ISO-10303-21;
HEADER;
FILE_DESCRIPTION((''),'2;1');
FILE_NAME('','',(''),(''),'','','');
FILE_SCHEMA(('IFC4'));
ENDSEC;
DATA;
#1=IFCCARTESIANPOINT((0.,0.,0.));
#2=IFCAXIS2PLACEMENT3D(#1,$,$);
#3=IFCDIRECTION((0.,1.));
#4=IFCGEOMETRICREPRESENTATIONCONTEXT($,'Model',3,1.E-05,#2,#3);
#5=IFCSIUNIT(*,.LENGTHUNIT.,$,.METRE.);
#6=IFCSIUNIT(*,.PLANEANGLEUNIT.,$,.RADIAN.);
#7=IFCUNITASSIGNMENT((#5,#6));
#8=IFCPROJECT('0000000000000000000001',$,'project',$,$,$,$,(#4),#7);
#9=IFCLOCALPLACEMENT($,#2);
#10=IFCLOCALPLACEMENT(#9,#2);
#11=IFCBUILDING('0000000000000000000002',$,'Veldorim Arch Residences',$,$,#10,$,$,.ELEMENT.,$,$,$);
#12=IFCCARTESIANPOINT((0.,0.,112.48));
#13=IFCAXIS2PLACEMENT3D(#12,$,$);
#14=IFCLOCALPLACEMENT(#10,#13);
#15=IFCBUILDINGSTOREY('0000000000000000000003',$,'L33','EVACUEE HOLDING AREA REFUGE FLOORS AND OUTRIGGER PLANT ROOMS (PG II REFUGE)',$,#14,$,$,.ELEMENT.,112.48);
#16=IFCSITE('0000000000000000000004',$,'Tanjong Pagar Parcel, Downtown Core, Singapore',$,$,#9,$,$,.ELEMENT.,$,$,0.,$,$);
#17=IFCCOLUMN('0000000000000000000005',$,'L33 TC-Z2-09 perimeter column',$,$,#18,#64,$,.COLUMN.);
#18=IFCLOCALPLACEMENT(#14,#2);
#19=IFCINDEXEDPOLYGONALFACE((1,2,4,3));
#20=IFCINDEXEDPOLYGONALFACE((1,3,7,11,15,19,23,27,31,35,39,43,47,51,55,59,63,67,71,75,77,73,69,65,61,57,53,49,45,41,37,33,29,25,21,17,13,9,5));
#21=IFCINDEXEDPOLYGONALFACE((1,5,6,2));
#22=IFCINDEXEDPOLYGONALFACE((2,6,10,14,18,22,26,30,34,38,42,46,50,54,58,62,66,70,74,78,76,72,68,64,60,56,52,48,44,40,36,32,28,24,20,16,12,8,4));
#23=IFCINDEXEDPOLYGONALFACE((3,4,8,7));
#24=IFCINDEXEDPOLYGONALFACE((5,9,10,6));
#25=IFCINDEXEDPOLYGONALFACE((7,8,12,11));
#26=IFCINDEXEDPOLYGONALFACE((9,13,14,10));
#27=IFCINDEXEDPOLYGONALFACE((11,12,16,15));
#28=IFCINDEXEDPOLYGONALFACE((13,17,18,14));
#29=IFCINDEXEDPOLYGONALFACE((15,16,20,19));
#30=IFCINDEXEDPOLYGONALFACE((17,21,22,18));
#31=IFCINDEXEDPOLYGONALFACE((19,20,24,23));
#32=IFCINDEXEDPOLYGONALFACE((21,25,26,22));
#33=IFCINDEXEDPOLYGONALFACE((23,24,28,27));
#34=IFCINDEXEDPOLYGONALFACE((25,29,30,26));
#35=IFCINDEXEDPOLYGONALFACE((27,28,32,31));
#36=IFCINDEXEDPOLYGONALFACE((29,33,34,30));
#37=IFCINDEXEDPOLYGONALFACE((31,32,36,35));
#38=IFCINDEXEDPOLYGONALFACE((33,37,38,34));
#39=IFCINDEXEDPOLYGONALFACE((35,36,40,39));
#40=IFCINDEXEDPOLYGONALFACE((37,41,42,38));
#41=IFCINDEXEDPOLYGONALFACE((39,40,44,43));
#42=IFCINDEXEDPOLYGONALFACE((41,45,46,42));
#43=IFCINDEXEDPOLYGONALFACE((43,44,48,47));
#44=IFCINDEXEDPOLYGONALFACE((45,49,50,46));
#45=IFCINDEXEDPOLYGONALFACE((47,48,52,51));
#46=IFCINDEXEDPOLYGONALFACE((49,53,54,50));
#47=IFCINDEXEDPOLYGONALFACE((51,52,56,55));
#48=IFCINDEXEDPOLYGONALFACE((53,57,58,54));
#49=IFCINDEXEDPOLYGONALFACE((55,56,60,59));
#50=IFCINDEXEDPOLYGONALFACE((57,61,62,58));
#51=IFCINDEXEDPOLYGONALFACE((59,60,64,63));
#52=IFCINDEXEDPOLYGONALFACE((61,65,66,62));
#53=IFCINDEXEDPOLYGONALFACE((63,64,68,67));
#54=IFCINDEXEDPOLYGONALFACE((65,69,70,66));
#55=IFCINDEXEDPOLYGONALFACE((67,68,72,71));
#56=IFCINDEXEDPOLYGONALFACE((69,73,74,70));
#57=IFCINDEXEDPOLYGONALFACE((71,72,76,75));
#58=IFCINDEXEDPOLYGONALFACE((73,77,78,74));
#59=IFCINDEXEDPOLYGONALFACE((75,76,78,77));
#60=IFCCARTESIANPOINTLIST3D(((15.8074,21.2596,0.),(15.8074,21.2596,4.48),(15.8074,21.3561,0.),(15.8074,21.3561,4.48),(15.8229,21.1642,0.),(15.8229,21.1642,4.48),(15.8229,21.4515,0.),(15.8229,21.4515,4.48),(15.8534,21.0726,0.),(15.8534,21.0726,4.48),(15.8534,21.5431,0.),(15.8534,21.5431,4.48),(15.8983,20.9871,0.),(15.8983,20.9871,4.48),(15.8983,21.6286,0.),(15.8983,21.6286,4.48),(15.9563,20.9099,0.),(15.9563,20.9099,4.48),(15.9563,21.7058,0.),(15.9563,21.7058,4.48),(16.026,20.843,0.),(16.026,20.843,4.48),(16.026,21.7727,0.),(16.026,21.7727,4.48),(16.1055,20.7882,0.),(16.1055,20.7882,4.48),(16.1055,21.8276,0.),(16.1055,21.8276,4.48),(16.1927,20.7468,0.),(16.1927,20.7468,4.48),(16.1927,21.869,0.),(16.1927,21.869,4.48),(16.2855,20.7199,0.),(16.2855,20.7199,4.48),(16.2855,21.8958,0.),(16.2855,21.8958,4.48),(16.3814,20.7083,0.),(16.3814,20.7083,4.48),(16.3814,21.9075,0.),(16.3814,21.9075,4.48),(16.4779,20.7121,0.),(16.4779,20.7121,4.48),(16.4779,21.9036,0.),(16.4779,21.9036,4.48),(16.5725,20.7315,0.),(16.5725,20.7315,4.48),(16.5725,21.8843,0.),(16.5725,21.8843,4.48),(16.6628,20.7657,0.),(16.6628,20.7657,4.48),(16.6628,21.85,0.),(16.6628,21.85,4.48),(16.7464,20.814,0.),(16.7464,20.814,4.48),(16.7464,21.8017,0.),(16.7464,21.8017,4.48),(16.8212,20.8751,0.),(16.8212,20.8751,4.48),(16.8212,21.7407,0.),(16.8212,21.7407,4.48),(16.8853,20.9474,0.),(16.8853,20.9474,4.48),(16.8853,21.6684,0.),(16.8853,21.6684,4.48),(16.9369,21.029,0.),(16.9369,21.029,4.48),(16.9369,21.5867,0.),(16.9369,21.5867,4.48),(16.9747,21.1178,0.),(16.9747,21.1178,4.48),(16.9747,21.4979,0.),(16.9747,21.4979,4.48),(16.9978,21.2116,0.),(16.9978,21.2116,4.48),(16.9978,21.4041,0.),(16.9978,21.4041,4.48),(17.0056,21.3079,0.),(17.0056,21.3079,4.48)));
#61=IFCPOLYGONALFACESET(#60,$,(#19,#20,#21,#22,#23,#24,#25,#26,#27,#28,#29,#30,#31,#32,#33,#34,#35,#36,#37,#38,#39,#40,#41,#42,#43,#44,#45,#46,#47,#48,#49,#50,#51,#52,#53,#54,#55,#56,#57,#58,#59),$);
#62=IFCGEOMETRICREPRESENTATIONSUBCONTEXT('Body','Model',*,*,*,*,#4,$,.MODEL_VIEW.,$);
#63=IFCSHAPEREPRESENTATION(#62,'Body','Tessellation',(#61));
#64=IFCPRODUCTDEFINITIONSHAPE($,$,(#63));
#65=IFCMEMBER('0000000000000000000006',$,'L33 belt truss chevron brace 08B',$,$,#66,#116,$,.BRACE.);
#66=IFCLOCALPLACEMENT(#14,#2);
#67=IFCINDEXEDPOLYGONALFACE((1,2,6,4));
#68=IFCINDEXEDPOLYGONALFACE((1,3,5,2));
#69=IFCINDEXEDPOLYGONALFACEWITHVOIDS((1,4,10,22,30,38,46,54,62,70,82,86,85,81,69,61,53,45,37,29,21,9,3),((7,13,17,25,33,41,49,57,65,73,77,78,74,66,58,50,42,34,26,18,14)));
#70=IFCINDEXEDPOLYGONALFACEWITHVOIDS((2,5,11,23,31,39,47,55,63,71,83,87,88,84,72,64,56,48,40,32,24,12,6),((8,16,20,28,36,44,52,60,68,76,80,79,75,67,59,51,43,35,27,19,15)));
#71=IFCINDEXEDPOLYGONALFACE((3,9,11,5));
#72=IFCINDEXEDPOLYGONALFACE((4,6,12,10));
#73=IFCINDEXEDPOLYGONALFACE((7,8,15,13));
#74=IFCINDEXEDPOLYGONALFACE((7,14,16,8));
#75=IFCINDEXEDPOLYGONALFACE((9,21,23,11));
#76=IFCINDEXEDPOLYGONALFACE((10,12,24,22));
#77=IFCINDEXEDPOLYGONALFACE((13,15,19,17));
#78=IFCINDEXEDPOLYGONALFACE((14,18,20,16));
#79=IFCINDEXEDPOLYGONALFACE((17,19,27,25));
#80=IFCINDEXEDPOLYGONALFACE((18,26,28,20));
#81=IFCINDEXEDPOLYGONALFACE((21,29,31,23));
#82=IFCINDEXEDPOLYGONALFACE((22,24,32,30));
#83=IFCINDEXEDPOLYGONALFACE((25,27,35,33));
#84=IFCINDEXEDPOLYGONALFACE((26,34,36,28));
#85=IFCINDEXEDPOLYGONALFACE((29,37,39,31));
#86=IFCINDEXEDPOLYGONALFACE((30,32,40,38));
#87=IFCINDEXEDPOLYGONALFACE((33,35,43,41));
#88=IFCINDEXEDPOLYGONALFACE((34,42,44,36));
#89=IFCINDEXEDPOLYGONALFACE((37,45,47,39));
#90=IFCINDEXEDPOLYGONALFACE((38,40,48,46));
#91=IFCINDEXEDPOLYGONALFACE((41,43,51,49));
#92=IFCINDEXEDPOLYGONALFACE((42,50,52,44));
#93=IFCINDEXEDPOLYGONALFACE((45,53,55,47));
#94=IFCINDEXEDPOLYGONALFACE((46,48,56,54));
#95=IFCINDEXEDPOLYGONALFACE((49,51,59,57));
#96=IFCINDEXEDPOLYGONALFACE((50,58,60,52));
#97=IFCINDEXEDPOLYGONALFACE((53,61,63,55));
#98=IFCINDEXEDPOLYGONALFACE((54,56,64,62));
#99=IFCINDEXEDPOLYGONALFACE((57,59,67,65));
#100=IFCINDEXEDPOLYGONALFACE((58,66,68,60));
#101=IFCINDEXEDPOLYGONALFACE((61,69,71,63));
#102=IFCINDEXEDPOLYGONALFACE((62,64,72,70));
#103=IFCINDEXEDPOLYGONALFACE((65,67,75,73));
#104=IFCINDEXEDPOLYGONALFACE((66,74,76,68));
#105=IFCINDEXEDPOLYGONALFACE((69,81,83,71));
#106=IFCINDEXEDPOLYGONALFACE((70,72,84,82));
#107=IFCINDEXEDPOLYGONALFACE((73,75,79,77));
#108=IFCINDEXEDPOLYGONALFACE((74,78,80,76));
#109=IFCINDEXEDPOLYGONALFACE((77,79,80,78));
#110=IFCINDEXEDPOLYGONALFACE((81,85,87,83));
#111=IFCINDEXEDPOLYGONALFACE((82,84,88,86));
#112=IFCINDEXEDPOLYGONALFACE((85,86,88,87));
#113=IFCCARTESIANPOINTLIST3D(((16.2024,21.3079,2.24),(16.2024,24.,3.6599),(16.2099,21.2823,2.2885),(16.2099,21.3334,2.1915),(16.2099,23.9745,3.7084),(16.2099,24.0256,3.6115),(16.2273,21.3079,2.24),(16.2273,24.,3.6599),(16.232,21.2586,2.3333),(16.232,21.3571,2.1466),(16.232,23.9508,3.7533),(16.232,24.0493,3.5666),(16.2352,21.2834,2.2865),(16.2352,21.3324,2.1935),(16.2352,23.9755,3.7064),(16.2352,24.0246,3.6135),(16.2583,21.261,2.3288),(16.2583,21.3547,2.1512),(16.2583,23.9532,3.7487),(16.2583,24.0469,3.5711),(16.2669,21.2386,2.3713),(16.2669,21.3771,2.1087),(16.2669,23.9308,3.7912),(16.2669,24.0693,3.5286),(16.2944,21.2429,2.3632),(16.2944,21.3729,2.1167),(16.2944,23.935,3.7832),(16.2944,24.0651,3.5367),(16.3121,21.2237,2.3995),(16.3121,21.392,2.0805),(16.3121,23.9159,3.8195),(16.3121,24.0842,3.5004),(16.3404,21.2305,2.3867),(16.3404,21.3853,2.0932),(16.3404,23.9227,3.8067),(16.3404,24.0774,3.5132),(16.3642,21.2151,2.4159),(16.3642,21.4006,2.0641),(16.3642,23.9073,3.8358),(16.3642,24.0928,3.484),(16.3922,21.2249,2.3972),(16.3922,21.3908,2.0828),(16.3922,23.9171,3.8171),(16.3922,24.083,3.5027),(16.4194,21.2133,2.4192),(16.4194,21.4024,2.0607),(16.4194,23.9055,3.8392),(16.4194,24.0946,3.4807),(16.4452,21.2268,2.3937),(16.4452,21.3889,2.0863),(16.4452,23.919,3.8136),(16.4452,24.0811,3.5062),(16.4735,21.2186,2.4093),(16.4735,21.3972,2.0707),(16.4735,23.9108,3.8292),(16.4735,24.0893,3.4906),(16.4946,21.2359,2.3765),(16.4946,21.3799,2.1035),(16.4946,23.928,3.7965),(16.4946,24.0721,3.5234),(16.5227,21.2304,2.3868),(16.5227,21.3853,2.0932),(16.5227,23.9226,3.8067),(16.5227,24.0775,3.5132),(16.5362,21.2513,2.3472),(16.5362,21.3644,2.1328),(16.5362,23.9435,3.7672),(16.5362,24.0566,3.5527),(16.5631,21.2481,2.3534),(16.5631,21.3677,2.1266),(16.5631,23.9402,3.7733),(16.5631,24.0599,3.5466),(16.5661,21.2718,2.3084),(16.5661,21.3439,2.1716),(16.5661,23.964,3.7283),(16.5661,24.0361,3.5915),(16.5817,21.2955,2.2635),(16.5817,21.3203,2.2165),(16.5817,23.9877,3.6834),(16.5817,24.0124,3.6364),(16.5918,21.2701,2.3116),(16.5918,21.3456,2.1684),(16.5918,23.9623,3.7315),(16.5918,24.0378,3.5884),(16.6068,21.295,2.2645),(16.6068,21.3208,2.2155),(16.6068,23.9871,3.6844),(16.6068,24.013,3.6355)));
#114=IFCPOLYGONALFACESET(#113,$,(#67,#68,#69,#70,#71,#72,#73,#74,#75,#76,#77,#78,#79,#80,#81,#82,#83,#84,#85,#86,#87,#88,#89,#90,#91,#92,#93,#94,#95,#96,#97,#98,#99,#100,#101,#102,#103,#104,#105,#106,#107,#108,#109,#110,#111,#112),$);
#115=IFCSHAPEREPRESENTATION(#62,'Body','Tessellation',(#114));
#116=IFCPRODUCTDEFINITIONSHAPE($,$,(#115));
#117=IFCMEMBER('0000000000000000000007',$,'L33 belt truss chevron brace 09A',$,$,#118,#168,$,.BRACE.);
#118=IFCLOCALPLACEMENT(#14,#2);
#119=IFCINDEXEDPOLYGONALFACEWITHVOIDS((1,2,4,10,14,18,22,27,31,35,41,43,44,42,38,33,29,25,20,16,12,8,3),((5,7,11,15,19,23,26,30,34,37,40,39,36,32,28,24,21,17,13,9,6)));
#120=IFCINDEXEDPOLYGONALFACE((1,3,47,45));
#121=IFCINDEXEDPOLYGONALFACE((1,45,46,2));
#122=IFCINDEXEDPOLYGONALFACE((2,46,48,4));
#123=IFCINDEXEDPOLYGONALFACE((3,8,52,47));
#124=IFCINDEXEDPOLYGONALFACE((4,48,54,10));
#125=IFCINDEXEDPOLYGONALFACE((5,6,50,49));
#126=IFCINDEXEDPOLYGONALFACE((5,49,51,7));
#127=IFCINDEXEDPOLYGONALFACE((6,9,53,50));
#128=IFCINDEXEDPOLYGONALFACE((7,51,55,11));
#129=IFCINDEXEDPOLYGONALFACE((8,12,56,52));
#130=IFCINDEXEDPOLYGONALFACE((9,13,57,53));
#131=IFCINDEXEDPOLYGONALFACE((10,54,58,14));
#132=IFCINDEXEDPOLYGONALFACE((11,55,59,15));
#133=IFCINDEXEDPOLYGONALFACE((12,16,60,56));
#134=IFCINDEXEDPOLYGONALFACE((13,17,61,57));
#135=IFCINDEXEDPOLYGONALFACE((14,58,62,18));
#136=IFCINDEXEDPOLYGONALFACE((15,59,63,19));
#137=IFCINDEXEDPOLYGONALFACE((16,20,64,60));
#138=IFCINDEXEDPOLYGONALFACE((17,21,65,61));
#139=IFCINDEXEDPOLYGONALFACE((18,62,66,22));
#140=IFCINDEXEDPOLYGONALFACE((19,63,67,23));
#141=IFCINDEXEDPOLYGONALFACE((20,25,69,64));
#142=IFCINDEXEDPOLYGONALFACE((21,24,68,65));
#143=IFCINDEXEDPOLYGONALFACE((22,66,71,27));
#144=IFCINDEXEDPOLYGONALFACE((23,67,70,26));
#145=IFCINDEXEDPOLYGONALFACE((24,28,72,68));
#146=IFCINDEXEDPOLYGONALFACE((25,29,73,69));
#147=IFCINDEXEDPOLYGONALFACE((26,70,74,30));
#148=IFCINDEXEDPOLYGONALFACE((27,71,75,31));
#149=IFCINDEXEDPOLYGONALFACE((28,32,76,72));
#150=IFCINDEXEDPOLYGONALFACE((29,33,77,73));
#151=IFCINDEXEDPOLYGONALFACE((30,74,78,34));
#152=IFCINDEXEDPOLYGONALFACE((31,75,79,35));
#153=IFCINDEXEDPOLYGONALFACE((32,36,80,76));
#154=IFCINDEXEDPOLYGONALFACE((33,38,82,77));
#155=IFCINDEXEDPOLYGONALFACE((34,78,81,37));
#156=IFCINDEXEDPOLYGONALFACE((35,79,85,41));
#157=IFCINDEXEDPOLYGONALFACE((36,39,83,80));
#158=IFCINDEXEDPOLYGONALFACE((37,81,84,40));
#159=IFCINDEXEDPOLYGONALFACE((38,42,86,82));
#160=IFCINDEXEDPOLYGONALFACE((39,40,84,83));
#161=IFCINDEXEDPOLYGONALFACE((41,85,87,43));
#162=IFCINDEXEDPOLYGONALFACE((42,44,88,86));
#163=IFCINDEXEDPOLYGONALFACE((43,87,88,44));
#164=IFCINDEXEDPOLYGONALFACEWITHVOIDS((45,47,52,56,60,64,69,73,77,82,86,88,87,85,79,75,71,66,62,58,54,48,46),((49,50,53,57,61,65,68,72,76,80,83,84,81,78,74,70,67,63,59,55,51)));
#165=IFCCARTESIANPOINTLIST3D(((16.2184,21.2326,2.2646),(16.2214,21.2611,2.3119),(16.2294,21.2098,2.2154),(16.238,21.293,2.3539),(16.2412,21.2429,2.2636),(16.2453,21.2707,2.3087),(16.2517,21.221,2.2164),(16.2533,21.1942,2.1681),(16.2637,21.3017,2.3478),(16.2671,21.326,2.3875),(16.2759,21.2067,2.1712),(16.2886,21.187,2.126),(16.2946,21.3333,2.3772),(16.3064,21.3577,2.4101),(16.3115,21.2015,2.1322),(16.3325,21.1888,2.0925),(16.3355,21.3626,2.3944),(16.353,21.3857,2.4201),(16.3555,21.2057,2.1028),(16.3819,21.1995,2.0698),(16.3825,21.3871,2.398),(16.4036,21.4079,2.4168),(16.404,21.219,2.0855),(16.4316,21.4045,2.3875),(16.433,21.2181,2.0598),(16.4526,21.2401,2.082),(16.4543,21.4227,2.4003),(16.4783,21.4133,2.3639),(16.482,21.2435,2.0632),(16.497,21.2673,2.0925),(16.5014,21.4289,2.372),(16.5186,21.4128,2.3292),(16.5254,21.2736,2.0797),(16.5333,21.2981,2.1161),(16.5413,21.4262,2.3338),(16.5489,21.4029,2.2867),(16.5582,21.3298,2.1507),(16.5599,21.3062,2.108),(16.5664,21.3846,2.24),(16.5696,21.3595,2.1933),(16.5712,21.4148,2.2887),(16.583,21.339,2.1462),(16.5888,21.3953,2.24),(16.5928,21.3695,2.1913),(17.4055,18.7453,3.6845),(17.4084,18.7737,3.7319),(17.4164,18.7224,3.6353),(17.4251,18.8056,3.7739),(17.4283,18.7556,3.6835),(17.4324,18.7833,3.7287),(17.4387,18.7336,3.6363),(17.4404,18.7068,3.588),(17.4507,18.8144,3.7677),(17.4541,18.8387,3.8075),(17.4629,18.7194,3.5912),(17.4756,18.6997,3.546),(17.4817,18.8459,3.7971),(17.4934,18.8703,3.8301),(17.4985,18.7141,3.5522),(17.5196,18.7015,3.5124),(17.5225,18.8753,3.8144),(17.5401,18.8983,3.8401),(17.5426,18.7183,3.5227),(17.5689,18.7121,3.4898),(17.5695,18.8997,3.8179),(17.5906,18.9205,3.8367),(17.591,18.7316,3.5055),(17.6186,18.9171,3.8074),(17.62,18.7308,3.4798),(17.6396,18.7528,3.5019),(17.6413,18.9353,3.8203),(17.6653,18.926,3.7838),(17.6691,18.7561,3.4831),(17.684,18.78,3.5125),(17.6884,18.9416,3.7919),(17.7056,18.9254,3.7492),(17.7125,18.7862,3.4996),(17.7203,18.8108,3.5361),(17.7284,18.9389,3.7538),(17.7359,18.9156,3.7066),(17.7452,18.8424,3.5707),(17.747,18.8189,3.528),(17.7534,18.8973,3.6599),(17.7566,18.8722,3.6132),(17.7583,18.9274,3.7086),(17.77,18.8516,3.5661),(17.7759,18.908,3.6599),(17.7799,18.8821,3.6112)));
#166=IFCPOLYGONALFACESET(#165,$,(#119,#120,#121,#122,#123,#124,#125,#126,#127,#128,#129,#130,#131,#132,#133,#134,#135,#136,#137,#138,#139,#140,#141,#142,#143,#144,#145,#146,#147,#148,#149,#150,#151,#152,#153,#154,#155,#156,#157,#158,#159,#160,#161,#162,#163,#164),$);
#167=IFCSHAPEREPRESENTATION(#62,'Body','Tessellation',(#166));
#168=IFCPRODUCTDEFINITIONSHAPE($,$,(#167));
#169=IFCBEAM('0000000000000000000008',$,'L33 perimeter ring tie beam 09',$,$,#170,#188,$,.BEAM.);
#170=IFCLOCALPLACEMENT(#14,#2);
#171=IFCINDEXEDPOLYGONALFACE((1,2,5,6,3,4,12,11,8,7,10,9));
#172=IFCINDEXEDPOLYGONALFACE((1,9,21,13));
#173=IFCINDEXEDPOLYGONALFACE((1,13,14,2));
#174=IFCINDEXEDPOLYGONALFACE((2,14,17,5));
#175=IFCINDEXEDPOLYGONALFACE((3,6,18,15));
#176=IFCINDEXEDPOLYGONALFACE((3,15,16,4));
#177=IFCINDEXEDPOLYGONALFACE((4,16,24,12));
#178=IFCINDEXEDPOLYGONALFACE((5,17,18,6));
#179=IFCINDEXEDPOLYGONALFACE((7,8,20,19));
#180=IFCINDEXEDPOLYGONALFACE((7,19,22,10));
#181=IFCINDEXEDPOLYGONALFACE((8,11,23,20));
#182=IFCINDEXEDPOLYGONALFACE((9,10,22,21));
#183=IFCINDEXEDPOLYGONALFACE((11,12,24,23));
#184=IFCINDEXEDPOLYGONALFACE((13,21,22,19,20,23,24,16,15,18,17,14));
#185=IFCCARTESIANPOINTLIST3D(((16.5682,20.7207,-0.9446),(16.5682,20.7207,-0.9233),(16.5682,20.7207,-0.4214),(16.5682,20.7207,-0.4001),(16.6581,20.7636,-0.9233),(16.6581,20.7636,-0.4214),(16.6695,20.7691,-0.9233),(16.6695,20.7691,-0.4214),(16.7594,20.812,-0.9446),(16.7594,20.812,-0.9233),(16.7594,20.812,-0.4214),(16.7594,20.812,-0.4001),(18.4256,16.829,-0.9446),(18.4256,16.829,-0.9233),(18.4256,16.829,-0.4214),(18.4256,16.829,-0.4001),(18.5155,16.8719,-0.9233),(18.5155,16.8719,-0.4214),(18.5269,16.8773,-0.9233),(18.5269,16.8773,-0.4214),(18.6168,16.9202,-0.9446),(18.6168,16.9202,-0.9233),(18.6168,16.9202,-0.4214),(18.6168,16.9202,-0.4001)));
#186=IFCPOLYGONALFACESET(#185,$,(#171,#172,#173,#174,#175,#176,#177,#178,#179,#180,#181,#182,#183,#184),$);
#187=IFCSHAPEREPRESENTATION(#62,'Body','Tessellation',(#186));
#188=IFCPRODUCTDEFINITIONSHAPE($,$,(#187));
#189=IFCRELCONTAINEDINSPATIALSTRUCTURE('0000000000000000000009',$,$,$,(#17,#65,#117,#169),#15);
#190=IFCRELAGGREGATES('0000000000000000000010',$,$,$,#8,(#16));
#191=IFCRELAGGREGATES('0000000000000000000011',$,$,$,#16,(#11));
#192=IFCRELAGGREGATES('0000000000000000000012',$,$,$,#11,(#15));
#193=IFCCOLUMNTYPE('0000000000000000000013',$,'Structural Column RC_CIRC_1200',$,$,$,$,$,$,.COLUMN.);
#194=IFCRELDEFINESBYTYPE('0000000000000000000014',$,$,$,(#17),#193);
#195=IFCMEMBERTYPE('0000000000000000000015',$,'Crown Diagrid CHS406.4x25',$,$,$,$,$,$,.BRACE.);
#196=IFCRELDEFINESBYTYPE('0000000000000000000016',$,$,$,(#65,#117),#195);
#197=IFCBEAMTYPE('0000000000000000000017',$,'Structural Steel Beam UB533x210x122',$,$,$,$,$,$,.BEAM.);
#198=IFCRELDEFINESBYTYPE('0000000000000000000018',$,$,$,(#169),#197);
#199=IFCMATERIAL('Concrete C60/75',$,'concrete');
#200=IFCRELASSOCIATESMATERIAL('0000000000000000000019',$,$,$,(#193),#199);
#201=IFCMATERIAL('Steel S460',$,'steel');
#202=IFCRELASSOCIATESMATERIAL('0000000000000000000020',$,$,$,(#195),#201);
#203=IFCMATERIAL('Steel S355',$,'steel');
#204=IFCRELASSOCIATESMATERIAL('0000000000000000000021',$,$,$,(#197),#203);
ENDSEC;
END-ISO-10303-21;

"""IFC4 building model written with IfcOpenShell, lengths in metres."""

from ifc_helpers import new_model, si_unit, direction, frame, origin, origin_2d, place, context, subcontext, project, spatial, circle, hollow_circle, i_section, extrude, material, material_profile, profile_set, type_object, element, save


model = new_model("IFC4")

# Units and contexts
model_context = context("Model", 3, precision=1e-05, world=origin(), true_north=direction((0.0, 1.0)))
body_context = subcontext(model_context, "Body", "Model", "MODEL_VIEW")
ifc_project = project(units=[si_unit("LENGTHUNIT", "METRE"), si_unit("PLANEANGLEUNIT", "RADIAN")], contexts=[model_context])

# Site, building, storey
site_placement = place(None, origin())
site = spatial("IfcSite", under=ifc_project, at=site_placement, Name="Tanjong Pagar Parcel, Downtown Core, Singapore", CompositionType="ELEMENT", RefElevation=0.0)
building_placement = place(site_placement, origin())
building = spatial("IfcBuilding", under=site, at=building_placement, Name="Veldorim Arch Residences", CompositionType="ELEMENT")
storey_placement = place(building_placement, frame((0.0, 0.0, 112.48)))
storey = spatial("IfcBuildingStorey", under=building, at=storey_placement, Name="L33", Description="EVACUEE HOLDING AREA REFUGE FLOORS AND OUTRIGGER PLANT ROOMS (PG II REFUGE)", CompositionType="ELEMENT", Elevation=112.48)

# Column
ifc_material_1 = material(Name="Concrete C60/75", Category="concrete")
ifc_material_profile_1 = material_profile(ifc_material_1, circle(Radius=0.6001, at=origin_2d()), Name="RC_CIRC_1200")
ifc_profile_set_1 = profile_set([ifc_material_profile_1], Name="Concrete C60/75")
column_type = type_object("IfcColumnType", Name="Structural Column RC_CIRC_1200", PredefinedType="COLUMN", material=ifc_profile_set_1)
column_placement = place(storey_placement, frame((16.4055, 21.3079, 0.0), z_axis=(0.0, 0.0, 1.0), x_axis=(1.0, 0.0, 0.0)))
element("IfcColumn", 1, at=column_placement, inside=storey, type_object=column_type, Name="L33 TC-Z2-09 perimeter column", PredefinedType="COLUMN", context=body_context, shape_type="SweptSolid", body=[
    extrude(circle(Radius=0.6001, at=origin_2d()), origin(), (0.0, 0.0, 1.0), 4.48),
])

# Members
ifc_material_2 = material(Name="Steel S460", Category="steel")
ifc_material_profile_2 = material_profile(ifc_material_2, hollow_circle(Radius=0.2031, WallThickness=0.0249, at=origin_2d()), Name="CHS406.4x25")
ifc_profile_set_2 = profile_set([ifc_material_profile_2], Name="Steel S460")
member_type_1 = type_object("IfcMemberType", Name="Crown Diagrid CHS406.4x25", PredefinedType="BRACE", material=ifc_profile_set_2)
member_1_placement = place(storey_placement, frame((16.4055, 21.3079, 2.24), z_axis=(0.0, 0.884511, 0.46652), x_axis=(-1.0, 0.0, 0.0)))
element("IfcMember", 2, at=member_1_placement, inside=storey, type_object=member_type_1, Name="L33 belt truss chevron brace 08B", PredefinedType="BRACE", context=body_context, shape_type="SweptSolid", body=[
    extrude(hollow_circle(Radius=0.2031, WallThickness=0.0249, at=origin_2d()), origin(), (0.0, 0.0, 1.0), 3.0437),
])
member_2_placement = place(storey_placement, frame((16.4055, 21.3079, 2.24), z_axis=(0.38287, -0.802279, 0.457995), x_axis=(0.902497, 0.430697, 0.0)))
element("IfcMember", 3, at=member_2_placement, inside=storey, type_object=member_type_1, Name="L33 belt truss chevron brace 09A", PredefinedType="BRACE", context=body_context, shape_type="SweptSolid", body=[
    extrude(hollow_circle(Radius=0.2031, WallThickness=0.0249, at=origin_2d()), origin(), (0.0, 0.0, 1.0), 3.1003),
])

# Beam
ifc_material_3 = material(Name="Steel S355", Category="steel")
ifc_material_profile_3 = material_profile(ifc_material_3, i_section(OverallWidth=0.2119, OverallDepth=0.5444, WebThickness=0.0127, FlangeThickness=0.0212, at=origin_2d()), Name="UB533x210x122")
ifc_profile_set_3 = profile_set([ifc_material_profile_3], Name="Steel S355")
beam_type_1 = type_object("IfcBeamType", Name="Structural Steel Beam UB533x210x122", PredefinedType="BEAM", material=ifc_profile_set_3)
beam_1_placement = place(storey_placement, frame((16.6638, 20.7664, -0.6724), z_axis=(0.43072, -0.902486, 0.0), x_axis=(0.902486, 0.43072, 0.0)))
element("IfcBeam", 4, at=beam_1_placement, inside=storey, type_object=beam_type_1, Name="L33 perimeter ring tie beam 09", PredefinedType="BEAM", context=body_context, shape_type="SweptSolid", body=[
    extrude(i_section(OverallWidth=0.2119, OverallDepth=0.5444, WebThickness=0.0127, FlangeThickness=0.0212, at=origin_2d()), origin(), (0.0, 0.0, 1.0), 4.3123),
])

save(model, "model.ifc")
